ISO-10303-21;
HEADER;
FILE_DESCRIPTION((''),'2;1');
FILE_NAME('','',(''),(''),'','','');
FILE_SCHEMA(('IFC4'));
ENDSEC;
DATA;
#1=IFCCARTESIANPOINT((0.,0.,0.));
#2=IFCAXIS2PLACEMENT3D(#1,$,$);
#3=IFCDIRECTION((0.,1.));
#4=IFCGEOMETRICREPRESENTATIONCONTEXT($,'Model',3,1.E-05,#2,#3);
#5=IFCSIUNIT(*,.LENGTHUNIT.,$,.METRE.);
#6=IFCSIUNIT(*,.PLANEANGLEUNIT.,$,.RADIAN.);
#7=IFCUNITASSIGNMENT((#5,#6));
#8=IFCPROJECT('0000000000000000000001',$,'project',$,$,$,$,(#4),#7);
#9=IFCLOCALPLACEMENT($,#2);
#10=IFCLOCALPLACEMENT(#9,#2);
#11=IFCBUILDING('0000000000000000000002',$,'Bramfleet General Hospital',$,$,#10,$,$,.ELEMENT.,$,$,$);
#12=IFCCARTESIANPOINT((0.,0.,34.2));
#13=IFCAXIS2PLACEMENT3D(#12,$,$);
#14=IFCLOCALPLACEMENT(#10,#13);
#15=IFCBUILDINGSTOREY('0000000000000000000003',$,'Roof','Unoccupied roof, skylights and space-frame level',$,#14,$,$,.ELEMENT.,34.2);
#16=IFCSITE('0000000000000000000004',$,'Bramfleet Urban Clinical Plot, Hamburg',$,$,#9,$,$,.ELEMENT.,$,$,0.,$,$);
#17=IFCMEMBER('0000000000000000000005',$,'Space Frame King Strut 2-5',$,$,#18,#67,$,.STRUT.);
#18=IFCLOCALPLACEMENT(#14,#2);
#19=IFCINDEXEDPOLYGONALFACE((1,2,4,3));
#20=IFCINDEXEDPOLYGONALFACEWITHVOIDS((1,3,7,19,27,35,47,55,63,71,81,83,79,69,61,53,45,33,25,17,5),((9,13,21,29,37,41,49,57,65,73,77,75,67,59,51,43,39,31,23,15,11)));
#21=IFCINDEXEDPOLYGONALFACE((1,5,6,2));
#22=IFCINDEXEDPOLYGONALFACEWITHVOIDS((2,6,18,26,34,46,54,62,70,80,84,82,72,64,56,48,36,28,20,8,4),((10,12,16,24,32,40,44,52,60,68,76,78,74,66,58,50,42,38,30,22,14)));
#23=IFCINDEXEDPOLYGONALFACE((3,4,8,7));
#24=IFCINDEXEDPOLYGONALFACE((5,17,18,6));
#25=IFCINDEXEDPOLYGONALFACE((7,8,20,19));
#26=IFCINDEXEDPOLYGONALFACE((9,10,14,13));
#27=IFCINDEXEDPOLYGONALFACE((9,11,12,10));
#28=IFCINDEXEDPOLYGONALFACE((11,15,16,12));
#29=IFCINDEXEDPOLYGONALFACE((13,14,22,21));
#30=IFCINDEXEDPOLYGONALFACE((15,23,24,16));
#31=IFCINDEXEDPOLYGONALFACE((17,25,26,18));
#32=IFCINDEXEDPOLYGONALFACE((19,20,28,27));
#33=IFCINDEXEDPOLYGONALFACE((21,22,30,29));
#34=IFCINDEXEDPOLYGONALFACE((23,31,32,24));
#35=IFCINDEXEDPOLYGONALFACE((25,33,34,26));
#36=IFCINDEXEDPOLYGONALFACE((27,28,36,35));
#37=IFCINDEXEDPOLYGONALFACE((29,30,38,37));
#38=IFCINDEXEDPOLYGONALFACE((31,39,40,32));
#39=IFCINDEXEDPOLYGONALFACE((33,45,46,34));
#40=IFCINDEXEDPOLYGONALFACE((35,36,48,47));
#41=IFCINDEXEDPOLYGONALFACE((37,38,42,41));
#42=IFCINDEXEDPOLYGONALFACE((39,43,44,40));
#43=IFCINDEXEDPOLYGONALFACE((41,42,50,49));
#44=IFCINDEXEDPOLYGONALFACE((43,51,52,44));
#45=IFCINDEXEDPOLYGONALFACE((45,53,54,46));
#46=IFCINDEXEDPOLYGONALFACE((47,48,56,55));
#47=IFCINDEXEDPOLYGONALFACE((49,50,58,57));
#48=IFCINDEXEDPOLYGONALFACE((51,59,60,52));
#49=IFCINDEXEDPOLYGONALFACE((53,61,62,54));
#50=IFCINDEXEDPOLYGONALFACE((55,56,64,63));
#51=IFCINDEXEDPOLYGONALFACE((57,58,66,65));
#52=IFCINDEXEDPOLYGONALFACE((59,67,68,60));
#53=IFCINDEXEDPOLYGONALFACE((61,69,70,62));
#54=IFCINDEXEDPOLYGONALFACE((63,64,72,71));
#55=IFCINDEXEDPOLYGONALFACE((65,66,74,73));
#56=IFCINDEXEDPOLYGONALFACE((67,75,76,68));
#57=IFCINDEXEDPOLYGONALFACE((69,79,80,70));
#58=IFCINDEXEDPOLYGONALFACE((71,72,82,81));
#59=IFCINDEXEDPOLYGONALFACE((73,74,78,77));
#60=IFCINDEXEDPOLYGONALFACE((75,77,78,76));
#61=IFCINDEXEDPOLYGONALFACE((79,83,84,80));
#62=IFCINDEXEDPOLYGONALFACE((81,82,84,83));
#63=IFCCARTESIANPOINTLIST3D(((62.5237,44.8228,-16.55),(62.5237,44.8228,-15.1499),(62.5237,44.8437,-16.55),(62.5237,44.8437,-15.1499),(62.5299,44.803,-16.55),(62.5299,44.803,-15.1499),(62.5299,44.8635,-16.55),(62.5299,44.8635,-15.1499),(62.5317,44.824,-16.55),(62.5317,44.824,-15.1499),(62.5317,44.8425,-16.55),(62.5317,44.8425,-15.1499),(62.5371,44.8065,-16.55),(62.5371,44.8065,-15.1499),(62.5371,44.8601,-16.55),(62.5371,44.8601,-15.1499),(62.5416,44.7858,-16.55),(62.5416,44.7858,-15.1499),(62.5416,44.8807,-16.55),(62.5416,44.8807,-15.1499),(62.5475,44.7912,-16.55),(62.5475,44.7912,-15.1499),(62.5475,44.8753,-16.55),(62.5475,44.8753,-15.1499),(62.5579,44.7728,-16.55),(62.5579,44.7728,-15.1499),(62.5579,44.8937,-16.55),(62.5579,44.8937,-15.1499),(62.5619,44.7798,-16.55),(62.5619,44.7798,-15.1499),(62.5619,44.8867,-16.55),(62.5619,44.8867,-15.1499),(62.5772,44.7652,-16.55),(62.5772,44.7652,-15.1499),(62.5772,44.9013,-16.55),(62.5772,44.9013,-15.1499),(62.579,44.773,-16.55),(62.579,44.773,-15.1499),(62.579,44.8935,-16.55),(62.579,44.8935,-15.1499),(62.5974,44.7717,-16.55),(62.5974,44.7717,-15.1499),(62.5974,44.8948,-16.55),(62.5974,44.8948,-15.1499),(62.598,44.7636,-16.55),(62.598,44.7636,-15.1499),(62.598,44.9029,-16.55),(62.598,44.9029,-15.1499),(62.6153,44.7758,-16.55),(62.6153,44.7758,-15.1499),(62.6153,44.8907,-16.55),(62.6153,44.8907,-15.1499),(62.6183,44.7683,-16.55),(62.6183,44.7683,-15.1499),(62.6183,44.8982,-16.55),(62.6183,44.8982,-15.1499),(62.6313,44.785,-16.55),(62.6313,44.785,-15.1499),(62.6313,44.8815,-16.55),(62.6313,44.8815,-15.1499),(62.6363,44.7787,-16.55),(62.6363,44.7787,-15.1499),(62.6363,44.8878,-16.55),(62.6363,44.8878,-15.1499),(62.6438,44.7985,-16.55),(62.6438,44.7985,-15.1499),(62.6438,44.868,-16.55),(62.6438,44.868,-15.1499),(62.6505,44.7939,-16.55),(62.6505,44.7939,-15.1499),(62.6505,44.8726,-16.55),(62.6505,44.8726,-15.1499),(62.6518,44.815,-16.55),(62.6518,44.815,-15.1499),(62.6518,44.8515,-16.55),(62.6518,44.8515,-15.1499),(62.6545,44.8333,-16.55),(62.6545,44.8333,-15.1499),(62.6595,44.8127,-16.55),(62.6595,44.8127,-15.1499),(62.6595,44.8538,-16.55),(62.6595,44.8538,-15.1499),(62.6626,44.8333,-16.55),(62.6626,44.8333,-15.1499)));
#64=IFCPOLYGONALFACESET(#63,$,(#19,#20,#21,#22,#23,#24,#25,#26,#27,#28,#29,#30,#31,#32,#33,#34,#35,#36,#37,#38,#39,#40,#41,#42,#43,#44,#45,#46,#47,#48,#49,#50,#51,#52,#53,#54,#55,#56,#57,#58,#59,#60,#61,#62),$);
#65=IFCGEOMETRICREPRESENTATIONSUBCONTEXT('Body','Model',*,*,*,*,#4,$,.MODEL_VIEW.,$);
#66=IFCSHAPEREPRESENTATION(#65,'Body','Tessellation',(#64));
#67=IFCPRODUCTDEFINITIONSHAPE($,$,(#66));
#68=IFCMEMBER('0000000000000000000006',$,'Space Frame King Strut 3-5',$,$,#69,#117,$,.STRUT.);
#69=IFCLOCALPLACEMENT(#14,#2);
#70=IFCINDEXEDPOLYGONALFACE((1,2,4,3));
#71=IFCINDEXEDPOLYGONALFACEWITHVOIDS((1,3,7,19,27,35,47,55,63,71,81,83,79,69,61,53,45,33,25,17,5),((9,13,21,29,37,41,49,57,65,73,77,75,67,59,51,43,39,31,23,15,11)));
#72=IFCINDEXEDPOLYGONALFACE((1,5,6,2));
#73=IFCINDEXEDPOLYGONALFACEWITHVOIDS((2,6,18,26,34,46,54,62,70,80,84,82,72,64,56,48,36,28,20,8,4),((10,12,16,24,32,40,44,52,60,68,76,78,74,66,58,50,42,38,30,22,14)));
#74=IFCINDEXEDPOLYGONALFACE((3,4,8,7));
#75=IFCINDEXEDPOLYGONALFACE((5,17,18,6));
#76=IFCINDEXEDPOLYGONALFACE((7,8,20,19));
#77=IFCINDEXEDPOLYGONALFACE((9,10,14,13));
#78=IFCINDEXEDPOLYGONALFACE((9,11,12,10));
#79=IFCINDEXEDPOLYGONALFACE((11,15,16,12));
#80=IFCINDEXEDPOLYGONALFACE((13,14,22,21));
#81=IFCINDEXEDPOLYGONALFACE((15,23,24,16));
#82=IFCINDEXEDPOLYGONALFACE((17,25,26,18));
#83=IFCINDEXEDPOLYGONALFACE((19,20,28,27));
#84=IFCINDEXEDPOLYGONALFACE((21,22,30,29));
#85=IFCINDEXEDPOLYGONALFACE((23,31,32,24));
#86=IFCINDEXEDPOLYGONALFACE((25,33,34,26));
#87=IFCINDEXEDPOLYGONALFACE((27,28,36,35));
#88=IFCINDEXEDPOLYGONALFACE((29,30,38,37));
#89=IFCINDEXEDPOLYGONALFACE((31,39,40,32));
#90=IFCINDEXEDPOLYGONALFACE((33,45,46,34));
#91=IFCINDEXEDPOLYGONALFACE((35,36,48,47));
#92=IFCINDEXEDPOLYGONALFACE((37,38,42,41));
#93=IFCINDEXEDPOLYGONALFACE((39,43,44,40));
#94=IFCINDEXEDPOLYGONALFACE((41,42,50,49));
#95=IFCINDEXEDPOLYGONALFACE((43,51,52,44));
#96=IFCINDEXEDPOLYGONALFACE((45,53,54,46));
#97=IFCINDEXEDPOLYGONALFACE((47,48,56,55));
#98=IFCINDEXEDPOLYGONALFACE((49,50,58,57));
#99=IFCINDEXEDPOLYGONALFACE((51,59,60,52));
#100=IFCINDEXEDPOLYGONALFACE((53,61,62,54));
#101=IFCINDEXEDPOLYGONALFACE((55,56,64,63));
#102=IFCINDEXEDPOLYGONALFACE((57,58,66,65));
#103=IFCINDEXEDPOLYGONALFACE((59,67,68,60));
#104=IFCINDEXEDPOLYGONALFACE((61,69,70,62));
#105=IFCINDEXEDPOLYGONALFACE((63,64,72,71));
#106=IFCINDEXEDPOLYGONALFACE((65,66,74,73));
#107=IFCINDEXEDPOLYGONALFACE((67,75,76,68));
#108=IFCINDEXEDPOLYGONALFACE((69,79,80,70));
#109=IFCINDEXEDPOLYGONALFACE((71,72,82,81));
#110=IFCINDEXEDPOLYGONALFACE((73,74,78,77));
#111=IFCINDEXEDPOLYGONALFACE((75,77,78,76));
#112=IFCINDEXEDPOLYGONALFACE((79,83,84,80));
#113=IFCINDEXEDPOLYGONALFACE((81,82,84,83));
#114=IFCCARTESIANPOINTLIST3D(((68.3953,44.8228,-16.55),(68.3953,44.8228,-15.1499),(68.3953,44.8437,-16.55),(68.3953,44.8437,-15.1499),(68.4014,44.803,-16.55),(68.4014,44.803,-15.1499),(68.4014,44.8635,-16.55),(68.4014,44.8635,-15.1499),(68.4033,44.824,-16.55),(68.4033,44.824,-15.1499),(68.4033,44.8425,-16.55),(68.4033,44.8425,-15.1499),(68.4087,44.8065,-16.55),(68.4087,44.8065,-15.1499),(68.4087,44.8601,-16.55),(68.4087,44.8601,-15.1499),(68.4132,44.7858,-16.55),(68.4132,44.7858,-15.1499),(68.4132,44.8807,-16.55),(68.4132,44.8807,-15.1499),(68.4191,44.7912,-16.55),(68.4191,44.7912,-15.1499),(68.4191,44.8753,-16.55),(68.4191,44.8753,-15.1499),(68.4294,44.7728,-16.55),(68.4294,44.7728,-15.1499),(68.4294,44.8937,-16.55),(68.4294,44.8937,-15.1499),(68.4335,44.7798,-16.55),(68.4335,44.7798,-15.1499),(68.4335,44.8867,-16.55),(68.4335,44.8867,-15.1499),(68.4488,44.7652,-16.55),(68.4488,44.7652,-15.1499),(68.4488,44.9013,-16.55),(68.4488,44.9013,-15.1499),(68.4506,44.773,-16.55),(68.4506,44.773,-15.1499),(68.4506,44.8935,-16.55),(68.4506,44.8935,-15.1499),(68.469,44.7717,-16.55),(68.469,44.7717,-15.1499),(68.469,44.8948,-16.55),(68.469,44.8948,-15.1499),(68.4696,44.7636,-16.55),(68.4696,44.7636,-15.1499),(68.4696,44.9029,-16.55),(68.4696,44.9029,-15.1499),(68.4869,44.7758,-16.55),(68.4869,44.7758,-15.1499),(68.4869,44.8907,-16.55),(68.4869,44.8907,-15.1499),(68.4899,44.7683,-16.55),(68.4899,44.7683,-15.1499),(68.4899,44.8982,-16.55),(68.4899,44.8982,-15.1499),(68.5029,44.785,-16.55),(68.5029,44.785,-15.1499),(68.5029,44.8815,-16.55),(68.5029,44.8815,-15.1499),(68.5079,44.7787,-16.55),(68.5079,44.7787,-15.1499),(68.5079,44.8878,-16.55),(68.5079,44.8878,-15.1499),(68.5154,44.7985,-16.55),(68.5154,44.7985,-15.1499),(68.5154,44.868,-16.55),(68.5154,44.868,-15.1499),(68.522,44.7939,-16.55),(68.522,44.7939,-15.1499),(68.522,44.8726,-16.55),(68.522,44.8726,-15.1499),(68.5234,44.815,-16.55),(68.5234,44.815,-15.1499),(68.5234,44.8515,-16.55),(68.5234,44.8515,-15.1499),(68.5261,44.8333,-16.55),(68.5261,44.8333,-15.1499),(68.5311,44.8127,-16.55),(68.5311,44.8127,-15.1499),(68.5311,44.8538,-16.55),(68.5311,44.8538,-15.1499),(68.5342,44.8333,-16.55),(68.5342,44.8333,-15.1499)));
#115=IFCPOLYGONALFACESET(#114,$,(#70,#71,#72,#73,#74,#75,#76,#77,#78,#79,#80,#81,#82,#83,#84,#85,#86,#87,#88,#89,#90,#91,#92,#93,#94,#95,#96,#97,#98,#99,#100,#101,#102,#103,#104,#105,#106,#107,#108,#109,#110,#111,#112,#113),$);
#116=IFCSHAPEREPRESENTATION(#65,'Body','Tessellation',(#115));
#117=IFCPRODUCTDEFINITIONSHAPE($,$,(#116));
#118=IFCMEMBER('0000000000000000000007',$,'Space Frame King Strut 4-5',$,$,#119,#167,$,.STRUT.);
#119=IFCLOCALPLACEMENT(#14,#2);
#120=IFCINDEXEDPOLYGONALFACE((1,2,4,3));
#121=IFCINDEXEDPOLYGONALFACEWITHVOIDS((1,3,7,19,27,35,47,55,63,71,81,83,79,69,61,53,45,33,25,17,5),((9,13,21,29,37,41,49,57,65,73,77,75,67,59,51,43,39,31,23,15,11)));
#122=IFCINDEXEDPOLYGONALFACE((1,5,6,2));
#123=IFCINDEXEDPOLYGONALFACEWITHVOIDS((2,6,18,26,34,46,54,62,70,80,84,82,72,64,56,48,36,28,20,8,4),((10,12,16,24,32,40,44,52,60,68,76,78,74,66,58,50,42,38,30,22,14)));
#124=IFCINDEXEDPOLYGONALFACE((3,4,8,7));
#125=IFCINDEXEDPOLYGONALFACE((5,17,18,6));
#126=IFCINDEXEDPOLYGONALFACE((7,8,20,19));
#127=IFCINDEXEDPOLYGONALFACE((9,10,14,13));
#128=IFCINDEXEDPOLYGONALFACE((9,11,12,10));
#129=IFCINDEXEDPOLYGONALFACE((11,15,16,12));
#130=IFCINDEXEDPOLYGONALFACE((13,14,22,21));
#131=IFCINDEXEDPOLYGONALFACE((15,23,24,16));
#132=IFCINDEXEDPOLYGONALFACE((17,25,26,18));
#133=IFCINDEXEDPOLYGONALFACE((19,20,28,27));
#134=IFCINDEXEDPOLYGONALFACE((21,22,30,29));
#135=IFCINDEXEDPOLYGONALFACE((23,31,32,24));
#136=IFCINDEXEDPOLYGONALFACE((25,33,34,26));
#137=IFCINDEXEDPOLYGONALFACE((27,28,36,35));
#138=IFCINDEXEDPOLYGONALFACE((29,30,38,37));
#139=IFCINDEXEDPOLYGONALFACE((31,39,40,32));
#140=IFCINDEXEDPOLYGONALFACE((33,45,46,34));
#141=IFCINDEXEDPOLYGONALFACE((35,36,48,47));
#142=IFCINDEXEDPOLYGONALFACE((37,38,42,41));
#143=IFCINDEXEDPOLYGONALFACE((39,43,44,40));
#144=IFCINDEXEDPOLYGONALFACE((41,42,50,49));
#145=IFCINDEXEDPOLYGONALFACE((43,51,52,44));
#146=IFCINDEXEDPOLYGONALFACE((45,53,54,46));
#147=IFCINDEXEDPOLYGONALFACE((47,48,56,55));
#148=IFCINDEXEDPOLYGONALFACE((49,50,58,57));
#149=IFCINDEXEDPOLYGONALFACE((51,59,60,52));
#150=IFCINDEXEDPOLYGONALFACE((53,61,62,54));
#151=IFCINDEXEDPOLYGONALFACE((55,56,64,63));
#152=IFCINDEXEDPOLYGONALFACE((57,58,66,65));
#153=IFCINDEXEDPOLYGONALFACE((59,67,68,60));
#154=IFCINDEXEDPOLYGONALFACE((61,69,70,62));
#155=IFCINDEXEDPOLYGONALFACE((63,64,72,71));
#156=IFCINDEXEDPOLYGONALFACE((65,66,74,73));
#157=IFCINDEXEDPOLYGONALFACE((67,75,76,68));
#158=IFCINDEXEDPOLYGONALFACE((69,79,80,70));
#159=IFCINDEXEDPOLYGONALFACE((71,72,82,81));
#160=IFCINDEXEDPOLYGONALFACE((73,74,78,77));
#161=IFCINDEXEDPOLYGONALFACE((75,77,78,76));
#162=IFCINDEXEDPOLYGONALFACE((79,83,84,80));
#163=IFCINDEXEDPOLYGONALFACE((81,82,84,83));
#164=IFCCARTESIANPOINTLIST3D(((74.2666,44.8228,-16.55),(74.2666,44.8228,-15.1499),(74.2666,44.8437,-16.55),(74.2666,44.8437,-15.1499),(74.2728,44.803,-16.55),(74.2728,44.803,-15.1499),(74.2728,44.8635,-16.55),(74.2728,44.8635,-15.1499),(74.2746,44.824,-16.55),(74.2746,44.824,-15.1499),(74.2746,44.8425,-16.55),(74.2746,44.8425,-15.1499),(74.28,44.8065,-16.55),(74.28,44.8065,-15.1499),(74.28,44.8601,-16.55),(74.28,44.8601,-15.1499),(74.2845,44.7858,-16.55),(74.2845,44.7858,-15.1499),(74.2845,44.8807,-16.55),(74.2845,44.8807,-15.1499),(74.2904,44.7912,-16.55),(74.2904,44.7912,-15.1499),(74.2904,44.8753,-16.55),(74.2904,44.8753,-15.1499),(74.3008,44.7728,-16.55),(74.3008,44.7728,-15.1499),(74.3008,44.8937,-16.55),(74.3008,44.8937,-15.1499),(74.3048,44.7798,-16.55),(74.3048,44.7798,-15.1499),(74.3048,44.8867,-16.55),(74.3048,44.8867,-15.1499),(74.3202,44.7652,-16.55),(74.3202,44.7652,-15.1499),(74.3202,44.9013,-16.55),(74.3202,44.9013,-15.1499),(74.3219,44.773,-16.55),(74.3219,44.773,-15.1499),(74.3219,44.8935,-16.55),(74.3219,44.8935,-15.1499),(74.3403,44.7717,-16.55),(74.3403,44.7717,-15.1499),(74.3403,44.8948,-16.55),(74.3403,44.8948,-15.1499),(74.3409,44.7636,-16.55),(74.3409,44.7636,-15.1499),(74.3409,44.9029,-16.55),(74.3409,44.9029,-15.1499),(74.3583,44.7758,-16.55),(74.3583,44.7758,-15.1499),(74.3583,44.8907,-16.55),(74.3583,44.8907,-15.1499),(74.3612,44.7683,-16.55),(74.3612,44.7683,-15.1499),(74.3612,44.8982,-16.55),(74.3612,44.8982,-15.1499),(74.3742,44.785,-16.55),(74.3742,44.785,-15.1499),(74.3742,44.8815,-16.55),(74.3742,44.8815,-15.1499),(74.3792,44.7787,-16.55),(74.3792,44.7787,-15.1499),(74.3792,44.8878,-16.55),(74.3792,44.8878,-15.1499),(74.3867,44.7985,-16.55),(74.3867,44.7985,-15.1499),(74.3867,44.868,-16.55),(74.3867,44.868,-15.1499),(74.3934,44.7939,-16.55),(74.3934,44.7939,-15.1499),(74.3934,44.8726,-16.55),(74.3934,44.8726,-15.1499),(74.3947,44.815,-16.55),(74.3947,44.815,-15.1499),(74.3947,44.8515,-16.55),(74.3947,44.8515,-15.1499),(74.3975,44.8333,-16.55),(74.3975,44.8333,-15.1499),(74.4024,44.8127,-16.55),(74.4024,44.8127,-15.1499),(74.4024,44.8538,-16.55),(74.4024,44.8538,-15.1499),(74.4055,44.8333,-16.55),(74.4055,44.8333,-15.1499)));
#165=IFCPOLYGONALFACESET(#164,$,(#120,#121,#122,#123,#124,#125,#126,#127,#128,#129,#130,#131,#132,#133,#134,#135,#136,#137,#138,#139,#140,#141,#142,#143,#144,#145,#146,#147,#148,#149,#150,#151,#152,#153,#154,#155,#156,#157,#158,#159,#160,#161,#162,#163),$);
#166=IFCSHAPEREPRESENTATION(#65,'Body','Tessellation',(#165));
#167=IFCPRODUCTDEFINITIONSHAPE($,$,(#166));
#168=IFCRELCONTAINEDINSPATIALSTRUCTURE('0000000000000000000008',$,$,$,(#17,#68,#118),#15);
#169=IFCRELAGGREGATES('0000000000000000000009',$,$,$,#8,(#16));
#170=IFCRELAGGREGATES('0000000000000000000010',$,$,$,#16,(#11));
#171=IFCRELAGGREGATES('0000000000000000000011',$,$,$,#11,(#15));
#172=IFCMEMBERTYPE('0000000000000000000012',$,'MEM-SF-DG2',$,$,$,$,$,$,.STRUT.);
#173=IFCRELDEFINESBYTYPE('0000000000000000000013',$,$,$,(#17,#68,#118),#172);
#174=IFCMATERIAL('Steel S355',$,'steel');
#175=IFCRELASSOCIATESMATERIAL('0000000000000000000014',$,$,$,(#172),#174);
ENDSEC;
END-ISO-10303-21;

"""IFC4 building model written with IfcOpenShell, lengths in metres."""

from ifc_helpers import new_model, si_unit, direction, frame, origin, origin_2d, place, context, subcontext, project, spatial, hollow_circle, extrude, material, material_profile, profile_set, type_object, element, save


model = new_model("IFC4")

# Units and contexts
model_context = context("Model", 3, precision=1e-05, world=origin(), true_north=direction((0.0, 1.0)))
body_context = subcontext(model_context, "Body", "Model", "MODEL_VIEW")
ifc_project = project(units=[si_unit("LENGTHUNIT", "METRE"), si_unit("PLANEANGLEUNIT", "RADIAN")], contexts=[model_context])

# Site, building, storey
site_placement = place(None, origin())
site = spatial("IfcSite", under=ifc_project, at=site_placement, Name="Bramfleet Urban Clinical Plot, Hamburg", CompositionType="ELEMENT", RefElevation=0.0)
building_placement = place(site_placement, origin())
building = spatial("IfcBuilding", under=site, at=building_placement, Name="Bramfleet General Hospital", CompositionType="ELEMENT")
storey_placement = place(building_placement, frame((0.0, 0.0, 34.2)))
storey = spatial("IfcBuildingStorey", under=building, at=storey_placement, Name="Roof", Description="Unoccupied roof, skylights and space-frame level", CompositionType="ELEMENT", Elevation=34.2)

# Members
ifc_material = material(Name="Steel S355", Category="steel")
ifc_material_profile_1 = material_profile(ifc_material, hollow_circle(Radius=0.0698, WallThickness=0.0081, at=origin_2d()), Name="CHS 139.7x8.0")
ifc_profile_set_1 = profile_set([ifc_material_profile_1], Name="Steel S355")
member_type_1 = type_object("IfcMemberType", Name="MEM-SF-DG2", PredefinedType="STRUT", material=ifc_profile_set_1)
for number, where, z_axis, x_axis, name in (
    (1, (62.5928, 44.8333, -16.55), (0.0, 0.0, 1.0), (1.0, 0.0, 0.0), "Space Frame King Strut 2-5"),
    (2, (68.4644, 44.8333, -16.55), (0.0, 0.0, 1.0), (1.0, 0.0, 0.0), "Space Frame King Strut 3-5"),
    (3, (74.3357, 44.8333, -16.55), (0.0, 0.0, 1.0), (1.0, 0.0, 0.0), "Space Frame King Strut 4-5"),
):
    element("IfcMember", number, at=place(storey_placement, frame(where, z_axis=z_axis, x_axis=x_axis)), inside=storey, type_object=member_type_1, Name=name, PredefinedType="STRUT", context=body_context, shape_type="SweptSolid", body=[
        extrude(hollow_circle(Radius=0.0698, WallThickness=0.0081, at=origin_2d()), origin(), (0.0, 0.0, 1.0), 1.4001),
    ])

save(model, "model.ifc")
